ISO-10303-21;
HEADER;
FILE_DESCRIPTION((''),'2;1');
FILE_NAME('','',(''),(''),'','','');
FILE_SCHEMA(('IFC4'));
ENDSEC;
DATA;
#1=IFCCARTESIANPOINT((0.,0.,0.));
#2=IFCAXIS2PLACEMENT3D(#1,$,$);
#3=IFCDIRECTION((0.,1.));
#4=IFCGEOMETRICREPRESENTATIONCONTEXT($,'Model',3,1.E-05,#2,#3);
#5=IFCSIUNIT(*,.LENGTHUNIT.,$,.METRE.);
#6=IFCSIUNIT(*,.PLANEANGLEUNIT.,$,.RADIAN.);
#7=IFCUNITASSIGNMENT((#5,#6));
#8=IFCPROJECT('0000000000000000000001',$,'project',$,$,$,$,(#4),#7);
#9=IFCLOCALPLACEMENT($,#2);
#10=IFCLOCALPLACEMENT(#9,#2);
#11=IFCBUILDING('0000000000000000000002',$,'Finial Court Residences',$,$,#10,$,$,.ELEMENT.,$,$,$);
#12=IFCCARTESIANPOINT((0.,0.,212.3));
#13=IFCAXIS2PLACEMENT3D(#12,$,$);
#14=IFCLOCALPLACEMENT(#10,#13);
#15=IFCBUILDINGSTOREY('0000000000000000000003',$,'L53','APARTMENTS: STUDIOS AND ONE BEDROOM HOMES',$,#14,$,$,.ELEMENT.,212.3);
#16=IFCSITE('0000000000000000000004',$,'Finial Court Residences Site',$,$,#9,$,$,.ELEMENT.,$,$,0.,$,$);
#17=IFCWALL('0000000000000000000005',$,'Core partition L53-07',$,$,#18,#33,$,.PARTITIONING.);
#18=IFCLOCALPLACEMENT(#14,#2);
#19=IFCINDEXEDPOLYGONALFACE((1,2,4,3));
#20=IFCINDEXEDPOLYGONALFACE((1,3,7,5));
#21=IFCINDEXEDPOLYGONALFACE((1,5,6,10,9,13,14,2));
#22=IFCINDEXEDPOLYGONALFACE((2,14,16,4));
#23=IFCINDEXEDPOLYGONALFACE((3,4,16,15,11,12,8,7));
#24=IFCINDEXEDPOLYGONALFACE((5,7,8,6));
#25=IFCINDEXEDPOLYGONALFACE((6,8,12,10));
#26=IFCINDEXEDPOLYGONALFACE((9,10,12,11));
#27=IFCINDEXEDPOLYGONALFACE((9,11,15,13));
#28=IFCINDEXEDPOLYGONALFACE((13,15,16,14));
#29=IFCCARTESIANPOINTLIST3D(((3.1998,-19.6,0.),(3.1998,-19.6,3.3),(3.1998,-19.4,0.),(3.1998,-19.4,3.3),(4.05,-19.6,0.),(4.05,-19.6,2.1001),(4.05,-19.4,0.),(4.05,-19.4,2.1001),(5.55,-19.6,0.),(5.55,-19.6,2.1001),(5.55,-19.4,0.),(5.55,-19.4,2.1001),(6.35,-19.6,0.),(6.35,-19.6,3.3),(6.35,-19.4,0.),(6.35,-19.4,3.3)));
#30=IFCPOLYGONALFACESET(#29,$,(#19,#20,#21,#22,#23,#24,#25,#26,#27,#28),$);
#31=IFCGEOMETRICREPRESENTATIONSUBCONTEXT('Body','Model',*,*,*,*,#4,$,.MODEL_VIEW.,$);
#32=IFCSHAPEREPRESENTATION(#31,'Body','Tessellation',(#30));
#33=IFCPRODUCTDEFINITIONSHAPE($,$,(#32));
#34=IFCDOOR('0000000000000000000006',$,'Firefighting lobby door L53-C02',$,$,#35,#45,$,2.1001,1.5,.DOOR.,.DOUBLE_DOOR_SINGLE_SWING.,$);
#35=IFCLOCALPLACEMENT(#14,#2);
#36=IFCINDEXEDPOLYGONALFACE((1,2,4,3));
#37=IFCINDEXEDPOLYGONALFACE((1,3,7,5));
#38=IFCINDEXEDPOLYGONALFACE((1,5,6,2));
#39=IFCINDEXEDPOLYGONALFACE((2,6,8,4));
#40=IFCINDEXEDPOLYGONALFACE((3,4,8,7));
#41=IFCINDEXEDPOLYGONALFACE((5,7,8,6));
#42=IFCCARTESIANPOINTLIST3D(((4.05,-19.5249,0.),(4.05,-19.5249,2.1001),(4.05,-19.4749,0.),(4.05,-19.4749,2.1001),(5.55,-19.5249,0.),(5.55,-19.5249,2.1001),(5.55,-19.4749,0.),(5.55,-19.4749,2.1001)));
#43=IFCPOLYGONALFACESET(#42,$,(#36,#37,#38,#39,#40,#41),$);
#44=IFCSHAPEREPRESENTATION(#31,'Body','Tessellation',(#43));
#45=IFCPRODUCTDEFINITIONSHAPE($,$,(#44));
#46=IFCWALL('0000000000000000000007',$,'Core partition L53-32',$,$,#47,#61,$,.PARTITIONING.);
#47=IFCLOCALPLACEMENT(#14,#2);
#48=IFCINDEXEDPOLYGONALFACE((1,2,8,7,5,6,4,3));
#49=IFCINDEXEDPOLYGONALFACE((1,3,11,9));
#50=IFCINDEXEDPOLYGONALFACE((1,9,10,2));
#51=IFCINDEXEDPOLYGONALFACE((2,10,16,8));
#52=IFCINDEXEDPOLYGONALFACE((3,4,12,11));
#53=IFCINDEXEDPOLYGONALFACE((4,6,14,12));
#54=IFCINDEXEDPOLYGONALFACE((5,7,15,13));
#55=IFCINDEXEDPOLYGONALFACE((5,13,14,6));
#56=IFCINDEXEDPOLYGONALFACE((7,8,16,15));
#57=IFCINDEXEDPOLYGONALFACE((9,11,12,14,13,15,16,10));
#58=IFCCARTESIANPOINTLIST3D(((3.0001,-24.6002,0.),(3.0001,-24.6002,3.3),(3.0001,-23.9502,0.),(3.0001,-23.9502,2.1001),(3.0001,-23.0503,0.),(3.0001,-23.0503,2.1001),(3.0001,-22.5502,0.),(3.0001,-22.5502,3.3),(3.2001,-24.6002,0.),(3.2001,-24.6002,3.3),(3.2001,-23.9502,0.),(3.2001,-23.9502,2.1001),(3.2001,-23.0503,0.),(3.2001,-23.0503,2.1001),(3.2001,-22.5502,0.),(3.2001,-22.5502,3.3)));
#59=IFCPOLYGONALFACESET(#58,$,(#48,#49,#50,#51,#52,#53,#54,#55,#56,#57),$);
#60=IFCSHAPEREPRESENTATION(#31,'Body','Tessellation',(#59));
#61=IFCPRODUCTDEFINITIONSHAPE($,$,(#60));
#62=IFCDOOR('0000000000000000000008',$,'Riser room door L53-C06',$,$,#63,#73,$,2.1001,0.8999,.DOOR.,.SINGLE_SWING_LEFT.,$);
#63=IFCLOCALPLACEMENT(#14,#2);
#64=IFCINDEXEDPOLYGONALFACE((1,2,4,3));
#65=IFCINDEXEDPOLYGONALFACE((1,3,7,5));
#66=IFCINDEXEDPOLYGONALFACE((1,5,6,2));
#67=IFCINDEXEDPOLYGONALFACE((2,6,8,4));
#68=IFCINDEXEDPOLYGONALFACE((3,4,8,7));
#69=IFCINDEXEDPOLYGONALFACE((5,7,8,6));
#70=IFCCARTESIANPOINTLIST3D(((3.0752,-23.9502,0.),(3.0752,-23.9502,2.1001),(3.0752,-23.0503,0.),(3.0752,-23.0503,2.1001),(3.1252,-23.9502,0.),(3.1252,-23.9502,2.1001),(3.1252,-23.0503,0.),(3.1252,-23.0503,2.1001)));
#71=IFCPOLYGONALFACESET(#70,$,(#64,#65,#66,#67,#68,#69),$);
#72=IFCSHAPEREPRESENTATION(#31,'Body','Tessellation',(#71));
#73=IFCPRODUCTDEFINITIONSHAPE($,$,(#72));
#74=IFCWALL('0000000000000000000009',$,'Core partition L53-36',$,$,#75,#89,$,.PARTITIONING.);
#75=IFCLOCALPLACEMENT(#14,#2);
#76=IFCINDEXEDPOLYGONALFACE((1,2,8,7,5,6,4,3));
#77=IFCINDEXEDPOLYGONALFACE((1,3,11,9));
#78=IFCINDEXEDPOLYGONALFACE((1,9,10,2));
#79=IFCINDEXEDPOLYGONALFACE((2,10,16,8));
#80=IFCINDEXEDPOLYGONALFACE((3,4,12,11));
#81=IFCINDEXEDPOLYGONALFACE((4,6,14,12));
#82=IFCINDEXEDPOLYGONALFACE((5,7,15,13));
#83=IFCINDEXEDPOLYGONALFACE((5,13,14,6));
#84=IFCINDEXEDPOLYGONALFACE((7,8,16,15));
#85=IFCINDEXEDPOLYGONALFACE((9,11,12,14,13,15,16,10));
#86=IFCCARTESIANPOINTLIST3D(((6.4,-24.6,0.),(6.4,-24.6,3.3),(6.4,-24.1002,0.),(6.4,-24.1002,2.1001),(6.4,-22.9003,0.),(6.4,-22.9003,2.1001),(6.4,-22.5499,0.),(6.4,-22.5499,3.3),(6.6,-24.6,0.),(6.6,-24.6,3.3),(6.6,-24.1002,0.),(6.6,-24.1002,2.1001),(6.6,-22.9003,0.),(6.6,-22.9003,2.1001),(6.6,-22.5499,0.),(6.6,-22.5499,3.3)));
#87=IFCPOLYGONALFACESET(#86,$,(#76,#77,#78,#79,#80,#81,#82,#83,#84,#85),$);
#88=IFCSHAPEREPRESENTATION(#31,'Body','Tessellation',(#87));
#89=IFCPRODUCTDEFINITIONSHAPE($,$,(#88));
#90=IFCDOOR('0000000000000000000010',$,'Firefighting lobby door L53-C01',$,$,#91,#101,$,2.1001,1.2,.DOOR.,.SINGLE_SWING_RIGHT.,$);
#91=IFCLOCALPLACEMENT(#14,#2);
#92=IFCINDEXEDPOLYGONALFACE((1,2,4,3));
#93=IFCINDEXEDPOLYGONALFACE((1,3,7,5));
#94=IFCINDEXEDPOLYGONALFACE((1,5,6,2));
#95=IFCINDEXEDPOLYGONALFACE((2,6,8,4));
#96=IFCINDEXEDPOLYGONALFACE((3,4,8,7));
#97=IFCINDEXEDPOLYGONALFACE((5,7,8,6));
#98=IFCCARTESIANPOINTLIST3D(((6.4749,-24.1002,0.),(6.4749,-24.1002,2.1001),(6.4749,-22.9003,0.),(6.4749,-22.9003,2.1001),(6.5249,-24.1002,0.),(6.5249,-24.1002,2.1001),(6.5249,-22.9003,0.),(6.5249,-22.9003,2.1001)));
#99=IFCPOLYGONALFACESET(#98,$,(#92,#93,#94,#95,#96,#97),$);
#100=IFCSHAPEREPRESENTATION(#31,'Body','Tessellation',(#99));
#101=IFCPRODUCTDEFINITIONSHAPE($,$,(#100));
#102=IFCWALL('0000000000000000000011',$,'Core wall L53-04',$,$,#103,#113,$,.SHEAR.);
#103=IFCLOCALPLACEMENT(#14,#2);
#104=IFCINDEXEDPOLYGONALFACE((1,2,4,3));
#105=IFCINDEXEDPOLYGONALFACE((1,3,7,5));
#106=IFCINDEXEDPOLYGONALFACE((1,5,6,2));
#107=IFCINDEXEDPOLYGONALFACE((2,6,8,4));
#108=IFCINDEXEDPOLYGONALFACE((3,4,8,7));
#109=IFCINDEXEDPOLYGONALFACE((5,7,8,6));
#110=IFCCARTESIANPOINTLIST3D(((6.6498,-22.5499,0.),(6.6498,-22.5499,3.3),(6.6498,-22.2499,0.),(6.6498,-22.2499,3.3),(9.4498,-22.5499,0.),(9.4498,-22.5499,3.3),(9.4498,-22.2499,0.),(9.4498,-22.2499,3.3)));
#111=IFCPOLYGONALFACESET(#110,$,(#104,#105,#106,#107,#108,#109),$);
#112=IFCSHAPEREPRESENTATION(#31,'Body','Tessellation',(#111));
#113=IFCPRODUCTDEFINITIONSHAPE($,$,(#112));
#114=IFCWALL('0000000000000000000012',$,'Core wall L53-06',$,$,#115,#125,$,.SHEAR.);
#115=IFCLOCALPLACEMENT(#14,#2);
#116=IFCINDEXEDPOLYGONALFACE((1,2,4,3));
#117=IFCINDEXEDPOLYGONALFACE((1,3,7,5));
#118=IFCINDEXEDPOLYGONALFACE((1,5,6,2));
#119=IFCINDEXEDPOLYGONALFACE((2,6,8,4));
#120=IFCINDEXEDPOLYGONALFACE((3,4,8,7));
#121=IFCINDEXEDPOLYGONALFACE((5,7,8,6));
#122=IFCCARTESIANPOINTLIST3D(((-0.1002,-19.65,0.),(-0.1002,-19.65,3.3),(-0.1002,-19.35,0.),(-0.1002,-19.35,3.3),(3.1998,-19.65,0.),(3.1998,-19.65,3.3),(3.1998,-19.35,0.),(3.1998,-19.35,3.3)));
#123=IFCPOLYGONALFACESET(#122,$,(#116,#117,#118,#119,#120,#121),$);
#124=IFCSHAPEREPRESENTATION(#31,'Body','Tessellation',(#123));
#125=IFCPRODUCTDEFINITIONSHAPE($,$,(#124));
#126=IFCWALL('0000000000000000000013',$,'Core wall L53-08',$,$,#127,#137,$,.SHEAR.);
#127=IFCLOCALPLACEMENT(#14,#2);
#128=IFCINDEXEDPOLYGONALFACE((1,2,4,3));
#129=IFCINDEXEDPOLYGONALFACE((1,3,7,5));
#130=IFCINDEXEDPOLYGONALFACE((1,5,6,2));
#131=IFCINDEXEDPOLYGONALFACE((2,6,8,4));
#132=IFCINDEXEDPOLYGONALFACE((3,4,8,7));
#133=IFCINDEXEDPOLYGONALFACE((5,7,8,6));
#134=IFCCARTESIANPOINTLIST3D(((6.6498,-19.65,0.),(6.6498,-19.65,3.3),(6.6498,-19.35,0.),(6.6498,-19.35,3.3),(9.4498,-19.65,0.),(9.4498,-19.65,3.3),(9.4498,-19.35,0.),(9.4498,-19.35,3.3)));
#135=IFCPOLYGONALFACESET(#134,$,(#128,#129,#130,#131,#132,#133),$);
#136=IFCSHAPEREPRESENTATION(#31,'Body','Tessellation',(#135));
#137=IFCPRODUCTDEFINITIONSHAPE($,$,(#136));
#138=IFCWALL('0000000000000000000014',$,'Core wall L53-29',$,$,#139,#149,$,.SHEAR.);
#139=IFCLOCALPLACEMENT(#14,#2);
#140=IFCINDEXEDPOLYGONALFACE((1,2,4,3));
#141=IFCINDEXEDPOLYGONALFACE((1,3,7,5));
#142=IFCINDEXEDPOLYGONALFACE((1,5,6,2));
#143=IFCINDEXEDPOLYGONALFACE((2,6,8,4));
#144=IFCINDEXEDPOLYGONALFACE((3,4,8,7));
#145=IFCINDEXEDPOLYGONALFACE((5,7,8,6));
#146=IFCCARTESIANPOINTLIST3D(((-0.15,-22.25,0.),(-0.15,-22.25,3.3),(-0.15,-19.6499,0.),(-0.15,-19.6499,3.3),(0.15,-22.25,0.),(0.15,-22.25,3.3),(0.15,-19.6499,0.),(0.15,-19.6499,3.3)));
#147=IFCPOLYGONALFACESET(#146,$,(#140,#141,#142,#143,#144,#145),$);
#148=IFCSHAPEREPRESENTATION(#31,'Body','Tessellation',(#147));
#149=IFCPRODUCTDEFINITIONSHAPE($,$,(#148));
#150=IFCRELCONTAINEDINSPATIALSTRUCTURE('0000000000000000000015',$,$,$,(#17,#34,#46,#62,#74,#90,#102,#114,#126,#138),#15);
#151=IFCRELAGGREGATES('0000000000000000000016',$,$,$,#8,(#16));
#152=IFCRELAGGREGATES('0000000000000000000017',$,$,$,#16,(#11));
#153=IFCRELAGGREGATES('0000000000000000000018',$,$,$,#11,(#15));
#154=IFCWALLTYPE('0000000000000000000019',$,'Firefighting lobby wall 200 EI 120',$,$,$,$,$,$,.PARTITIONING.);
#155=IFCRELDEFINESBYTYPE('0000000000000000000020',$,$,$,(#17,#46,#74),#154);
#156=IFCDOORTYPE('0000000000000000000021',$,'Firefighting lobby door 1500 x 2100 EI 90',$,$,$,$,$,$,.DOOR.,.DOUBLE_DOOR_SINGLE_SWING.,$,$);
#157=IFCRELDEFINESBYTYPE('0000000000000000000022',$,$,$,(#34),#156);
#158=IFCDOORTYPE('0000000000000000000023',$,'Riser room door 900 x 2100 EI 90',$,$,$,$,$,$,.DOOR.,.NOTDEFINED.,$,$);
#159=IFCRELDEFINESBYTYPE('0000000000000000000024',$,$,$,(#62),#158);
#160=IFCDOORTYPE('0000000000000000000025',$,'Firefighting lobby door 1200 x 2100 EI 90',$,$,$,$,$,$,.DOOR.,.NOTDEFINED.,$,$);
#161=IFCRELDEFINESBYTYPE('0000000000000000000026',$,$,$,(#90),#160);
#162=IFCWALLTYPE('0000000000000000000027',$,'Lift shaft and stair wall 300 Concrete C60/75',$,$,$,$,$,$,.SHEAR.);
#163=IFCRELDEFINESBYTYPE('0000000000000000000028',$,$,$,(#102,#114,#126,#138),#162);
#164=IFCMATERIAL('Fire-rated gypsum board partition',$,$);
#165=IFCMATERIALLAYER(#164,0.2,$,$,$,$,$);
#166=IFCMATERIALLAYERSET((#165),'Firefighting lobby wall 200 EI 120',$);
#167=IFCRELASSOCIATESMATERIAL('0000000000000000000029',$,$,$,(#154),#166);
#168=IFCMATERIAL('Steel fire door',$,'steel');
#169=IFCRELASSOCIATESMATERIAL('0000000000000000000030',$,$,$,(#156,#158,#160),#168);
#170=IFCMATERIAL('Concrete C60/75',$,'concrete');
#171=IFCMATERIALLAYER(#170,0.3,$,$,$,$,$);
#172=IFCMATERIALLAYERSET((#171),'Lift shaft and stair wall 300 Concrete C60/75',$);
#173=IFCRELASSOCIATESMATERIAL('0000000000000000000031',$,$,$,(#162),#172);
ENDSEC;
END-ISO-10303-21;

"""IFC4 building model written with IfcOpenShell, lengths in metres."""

from ifc_helpers import new_model, si_unit, direction, frame, frame_2d, origin, place, context, subcontext, project, spatial, rectangle, extrude, material, layer, layer_set, type_object, element, fill, save


model = new_model("IFC4")

# Units and contexts
model_context = context("Model", 3, precision=1e-05, world=origin(), true_north=direction((0.0, 1.0)))
body_context = subcontext(model_context, "Body", "Model", "MODEL_VIEW")
ifc_project = project(units=[si_unit("LENGTHUNIT", "METRE"), si_unit("PLANEANGLEUNIT", "RADIAN")], contexts=[model_context])

# Site, building, storey
site_placement = place(None, origin())
site = spatial("IfcSite", under=ifc_project, at=site_placement, Name="Finial Court Residences Site", CompositionType="ELEMENT", RefElevation=0.0)
building_placement = place(site_placement, origin())
building = spatial("IfcBuilding", under=site, at=building_placement, Name="Finial Court Residences", CompositionType="ELEMENT")
storey_placement = place(building_placement, frame((0.0, 0.0, 212.3)))
storey = spatial("IfcBuildingStorey", under=building, at=storey_placement, Name="L53", Description="APARTMENTS: STUDIOS AND ONE BEDROOM HOMES", CompositionType="ELEMENT", Elevation=212.3)

# Walls, openings, doors
ifc_material_1 = material(Name="Fire-rated gypsum board partition")
ifc_layer_1 = layer(ifc_material_1, 0.2)
ifc_layer_set_1 = layer_set([ifc_layer_1], Name="Firefighting lobby wall 200 EI 120")
wall_type_1 = type_object("IfcWallType", Name="Firefighting lobby wall 200 EI 120", PredefinedType="PARTITIONING", material=ifc_layer_set_1)
wall_1_placement = place(storey_placement, frame((6.3501, -19.5, 0.0), z_axis=(0.0, 0.0, 1.0), x_axis=(-1.0, 0.0, 0.0)))
wall_1 = element("IfcWall", 1, at=wall_1_placement, inside=storey, type_object=wall_type_1, Name="Core partition L53-07", PredefinedType="PARTITIONING", context=body_context, shape_type="SweptSolid", body=[
    extrude(rectangle(XDim=3.1501, YDim=0.2, at=frame_2d((1.5752, 0.0))), origin(), (0.0, 0.0, 1.0), 3.3),
])
opening_1_placement = place(wall_1_placement, frame((0.8, 0.0, 0.0)))
opening_1 = element("IfcOpeningElement", 2, at=opening_1_placement, cuts=wall_1, PredefinedType="OPENING", context=body_context, shape_type="SweptSolid", body=[
    extrude(rectangle(XDim=1.5, YDim=2.1001, at=frame_2d((0.75, 1.05))), frame((0.0, 0.1099, 0.0), z_axis=(0.0, -1.0, 0.0), x_axis=(1.0, 0.0, 0.0)), (0.0, 0.0, 1.0), 0.22),
])
ifc_material_2 = material(Name="Steel fire door", Category="steel")
door_type_1 = type_object("IfcDoorType", Name="Firefighting lobby door 1500 x 2100 EI 90", OperationType="DOUBLE_DOOR_SINGLE_SWING", PredefinedType="DOOR", material=ifc_material_2)
door_1_placement = place(opening_1_placement, origin())
door_1 = element("IfcDoor", 3, at=door_1_placement, inside=storey, type_object=door_type_1, Name="Firefighting lobby door L53-C02", OperationType="DOUBLE_DOOR_SINGLE_SWING", OverallHeight=2.1001, OverallWidth=1.5, PredefinedType="DOOR", context=body_context, shape_type="SweptSolid", body=[
    extrude(rectangle(XDim=1.5, YDim=2.1001, at=frame_2d((0.75, 1.05))), frame((0.0, 0.0249, 0.0), z_axis=(0.0, -1.0, 0.0), x_axis=(1.0, 0.0, 0.0)), (0.0, 0.0, 1.0), 0.05),
])
fill(opening_1, door_1)
wall_2_placement = place(storey_placement, frame((3.1001, -24.6001, 0.0), z_axis=(0.0, 0.0, 1.0), x_axis=(0.0, 1.0, 0.0)))
wall_2 = element("IfcWall", 4, at=wall_2_placement, inside=storey, type_object=wall_type_1, Name="Core partition L53-32", PredefinedType="PARTITIONING", context=body_context, shape_type="SweptSolid", body=[
    extrude(rectangle(XDim=2.05, YDim=0.2, at=frame_2d((1.0249, 0.0))), origin(), (0.0, 0.0, 1.0), 3.3),
])
opening_2_placement = place(wall_2_placement, frame((0.6499, 0.0, 0.0)))
opening_2 = element("IfcOpeningElement", 5, at=opening_2_placement, cuts=wall_2, PredefinedType="OPENING", context=body_context, shape_type="SweptSolid", body=[
    extrude(rectangle(XDim=0.8999, YDim=2.1001, at=frame_2d((0.45, 1.05))), frame((0.0, 0.1099, 0.0), z_axis=(0.0, -1.0, 0.0), x_axis=(1.0, 0.0, 0.0)), (0.0, 0.0, 1.0), 0.22),
])
door_type_2 = type_object("IfcDoorType", Name="Riser room door 900 x 2100 EI 90", OperationType="NOTDEFINED", PredefinedType="DOOR", material=ifc_material_2)
door_2_placement = place(opening_2_placement, origin())
door_2 = element("IfcDoor", 6, at=door_2_placement, inside=storey, type_object=door_type_2, Name="Riser room door L53-C06", OperationType="SINGLE_SWING_LEFT", OverallHeight=2.1001, OverallWidth=0.8999, PredefinedType="DOOR", context=body_context, shape_type="SweptSolid", body=[
    extrude(rectangle(XDim=0.8999, YDim=2.1001, at=frame_2d((0.45, 1.05))), frame((0.0, 0.0249, 0.0), z_axis=(0.0, -1.0, 0.0), x_axis=(1.0, 0.0, 0.0)), (0.0, 0.0, 1.0), 0.05),
])
fill(opening_2, door_2)
wall_3_placement = place(storey_placement, frame((6.5, -22.55, 0.0), z_axis=(0.0, 0.0, 1.0), x_axis=(0.0, -1.0, 0.0)))
wall_3 = element("IfcWall", 7, at=wall_3_placement, inside=storey, type_object=wall_type_1, Name="Core partition L53-36", PredefinedType="PARTITIONING", context=body_context, shape_type="SweptSolid", body=[
    extrude(rectangle(XDim=2.05, YDim=0.2, at=frame_2d((1.0249, 0.0))), origin(), (0.0, 0.0, 1.0), 3.3),
])
opening_3_placement = place(wall_3_placement, frame((0.3501, 0.0, 0.0)))
opening_3 = element("IfcOpeningElement", 8, at=opening_3_placement, cuts=wall_3, PredefinedType="OPENING", context=body_context, shape_type="SweptSolid", body=[
    extrude(rectangle(XDim=1.2, YDim=2.1001, at=frame_2d((0.6001, 1.05))), frame((0.0, 0.1099, 0.0), z_axis=(0.0, -1.0, 0.0), x_axis=(1.0, 0.0, 0.0)), (0.0, 0.0, 1.0), 0.22),
])
door_type_3 = type_object("IfcDoorType", Name="Firefighting lobby door 1200 x 2100 EI 90", OperationType="NOTDEFINED", PredefinedType="DOOR", material=ifc_material_2)
door_3_placement = place(opening_3_placement, origin())
door_3 = element("IfcDoor", 9, at=door_3_placement, inside=storey, type_object=door_type_3, Name="Firefighting lobby door L53-C01", OperationType="SINGLE_SWING_RIGHT", OverallHeight=2.1001, OverallWidth=1.2, PredefinedType="DOOR", context=body_context, shape_type="SweptSolid", body=[
    extrude(rectangle(XDim=1.2, YDim=2.1001, at=frame_2d((0.6001, 1.05))), frame((0.0, 0.0249, 0.0), z_axis=(0.0, -1.0, 0.0), x_axis=(1.0, 0.0, 0.0)), (0.0, 0.0, 1.0), 0.05),
])
fill(opening_3, door_3)

# Walls
ifc_material_3 = material(Name="Concrete C60/75", Category="concrete")
ifc_layer_2 = layer(ifc_material_3, 0.3)
ifc_layer_set_2 = layer_set([ifc_layer_2], Name="Lift shaft and stair wall 300 Concrete C60/75")
wall_type_2 = type_object("IfcWallType", Name="Lift shaft and stair wall 300 Concrete C60/75", PredefinedType="SHEAR", material=ifc_layer_set_2)
wall_4_placement = place(storey_placement, frame((6.6499, -22.3999, 0.0), z_axis=(0.0, 0.0, 1.0), x_axis=(1.0, 0.0, 0.0)))
element("IfcWall", 10, at=wall_4_placement, inside=storey, type_object=wall_type_2, Name="Core wall L53-04", PredefinedType="SHEAR", context=body_context, shape_type="SweptSolid", body=[
    extrude(rectangle(XDim=2.8, YDim=0.3, at=frame_2d((1.3999, 0.0))), origin(), (0.0, 0.0, 1.0), 3.3),
])
wall_5_placement = place(storey_placement, frame((-0.1001, -19.5, 0.0), z_axis=(0.0, 0.0, 1.0), x_axis=(1.0, 0.0, 0.0)))
element("IfcWall", 11, at=wall_5_placement, inside=storey, type_object=wall_type_2, Name="Core wall L53-06", PredefinedType="SHEAR", context=body_context, shape_type="SweptSolid", body=[
    extrude(rectangle(XDim=3.3, YDim=0.3, at=frame_2d((1.6499, 0.0))), origin(), (0.0, 0.0, 1.0), 3.3),
])
wall_6_placement = place(storey_placement, frame((6.6499, -19.5, 0.0), z_axis=(0.0, 0.0, 1.0), x_axis=(1.0, 0.0, 0.0)))
element("IfcWall", 12, at=wall_6_placement, inside=storey, type_object=wall_type_2, Name="Core wall L53-08", PredefinedType="SHEAR", context=body_context, shape_type="SweptSolid", body=[
    extrude(rectangle(XDim=2.8, YDim=0.3, at=frame_2d((1.3999, 0.0))), origin(), (0.0, 0.0, 1.0), 3.3),
])
wall_7_placement = place(storey_placement, frame((0.0, -22.25, 0.0), z_axis=(0.0, 0.0, 1.0), x_axis=(0.0, 1.0, 0.0)))
element("IfcWall", 13, at=wall_7_placement, inside=storey, type_object=wall_type_2, Name="Core wall L53-29", PredefinedType="SHEAR", context=body_context, shape_type="SweptSolid", body=[
    extrude(rectangle(XDim=2.6001, YDim=0.3, at=frame_2d((1.3, 0.0))), origin(), (0.0, 0.0, 1.0), 3.3),
])

save(model, "model.ifc")
